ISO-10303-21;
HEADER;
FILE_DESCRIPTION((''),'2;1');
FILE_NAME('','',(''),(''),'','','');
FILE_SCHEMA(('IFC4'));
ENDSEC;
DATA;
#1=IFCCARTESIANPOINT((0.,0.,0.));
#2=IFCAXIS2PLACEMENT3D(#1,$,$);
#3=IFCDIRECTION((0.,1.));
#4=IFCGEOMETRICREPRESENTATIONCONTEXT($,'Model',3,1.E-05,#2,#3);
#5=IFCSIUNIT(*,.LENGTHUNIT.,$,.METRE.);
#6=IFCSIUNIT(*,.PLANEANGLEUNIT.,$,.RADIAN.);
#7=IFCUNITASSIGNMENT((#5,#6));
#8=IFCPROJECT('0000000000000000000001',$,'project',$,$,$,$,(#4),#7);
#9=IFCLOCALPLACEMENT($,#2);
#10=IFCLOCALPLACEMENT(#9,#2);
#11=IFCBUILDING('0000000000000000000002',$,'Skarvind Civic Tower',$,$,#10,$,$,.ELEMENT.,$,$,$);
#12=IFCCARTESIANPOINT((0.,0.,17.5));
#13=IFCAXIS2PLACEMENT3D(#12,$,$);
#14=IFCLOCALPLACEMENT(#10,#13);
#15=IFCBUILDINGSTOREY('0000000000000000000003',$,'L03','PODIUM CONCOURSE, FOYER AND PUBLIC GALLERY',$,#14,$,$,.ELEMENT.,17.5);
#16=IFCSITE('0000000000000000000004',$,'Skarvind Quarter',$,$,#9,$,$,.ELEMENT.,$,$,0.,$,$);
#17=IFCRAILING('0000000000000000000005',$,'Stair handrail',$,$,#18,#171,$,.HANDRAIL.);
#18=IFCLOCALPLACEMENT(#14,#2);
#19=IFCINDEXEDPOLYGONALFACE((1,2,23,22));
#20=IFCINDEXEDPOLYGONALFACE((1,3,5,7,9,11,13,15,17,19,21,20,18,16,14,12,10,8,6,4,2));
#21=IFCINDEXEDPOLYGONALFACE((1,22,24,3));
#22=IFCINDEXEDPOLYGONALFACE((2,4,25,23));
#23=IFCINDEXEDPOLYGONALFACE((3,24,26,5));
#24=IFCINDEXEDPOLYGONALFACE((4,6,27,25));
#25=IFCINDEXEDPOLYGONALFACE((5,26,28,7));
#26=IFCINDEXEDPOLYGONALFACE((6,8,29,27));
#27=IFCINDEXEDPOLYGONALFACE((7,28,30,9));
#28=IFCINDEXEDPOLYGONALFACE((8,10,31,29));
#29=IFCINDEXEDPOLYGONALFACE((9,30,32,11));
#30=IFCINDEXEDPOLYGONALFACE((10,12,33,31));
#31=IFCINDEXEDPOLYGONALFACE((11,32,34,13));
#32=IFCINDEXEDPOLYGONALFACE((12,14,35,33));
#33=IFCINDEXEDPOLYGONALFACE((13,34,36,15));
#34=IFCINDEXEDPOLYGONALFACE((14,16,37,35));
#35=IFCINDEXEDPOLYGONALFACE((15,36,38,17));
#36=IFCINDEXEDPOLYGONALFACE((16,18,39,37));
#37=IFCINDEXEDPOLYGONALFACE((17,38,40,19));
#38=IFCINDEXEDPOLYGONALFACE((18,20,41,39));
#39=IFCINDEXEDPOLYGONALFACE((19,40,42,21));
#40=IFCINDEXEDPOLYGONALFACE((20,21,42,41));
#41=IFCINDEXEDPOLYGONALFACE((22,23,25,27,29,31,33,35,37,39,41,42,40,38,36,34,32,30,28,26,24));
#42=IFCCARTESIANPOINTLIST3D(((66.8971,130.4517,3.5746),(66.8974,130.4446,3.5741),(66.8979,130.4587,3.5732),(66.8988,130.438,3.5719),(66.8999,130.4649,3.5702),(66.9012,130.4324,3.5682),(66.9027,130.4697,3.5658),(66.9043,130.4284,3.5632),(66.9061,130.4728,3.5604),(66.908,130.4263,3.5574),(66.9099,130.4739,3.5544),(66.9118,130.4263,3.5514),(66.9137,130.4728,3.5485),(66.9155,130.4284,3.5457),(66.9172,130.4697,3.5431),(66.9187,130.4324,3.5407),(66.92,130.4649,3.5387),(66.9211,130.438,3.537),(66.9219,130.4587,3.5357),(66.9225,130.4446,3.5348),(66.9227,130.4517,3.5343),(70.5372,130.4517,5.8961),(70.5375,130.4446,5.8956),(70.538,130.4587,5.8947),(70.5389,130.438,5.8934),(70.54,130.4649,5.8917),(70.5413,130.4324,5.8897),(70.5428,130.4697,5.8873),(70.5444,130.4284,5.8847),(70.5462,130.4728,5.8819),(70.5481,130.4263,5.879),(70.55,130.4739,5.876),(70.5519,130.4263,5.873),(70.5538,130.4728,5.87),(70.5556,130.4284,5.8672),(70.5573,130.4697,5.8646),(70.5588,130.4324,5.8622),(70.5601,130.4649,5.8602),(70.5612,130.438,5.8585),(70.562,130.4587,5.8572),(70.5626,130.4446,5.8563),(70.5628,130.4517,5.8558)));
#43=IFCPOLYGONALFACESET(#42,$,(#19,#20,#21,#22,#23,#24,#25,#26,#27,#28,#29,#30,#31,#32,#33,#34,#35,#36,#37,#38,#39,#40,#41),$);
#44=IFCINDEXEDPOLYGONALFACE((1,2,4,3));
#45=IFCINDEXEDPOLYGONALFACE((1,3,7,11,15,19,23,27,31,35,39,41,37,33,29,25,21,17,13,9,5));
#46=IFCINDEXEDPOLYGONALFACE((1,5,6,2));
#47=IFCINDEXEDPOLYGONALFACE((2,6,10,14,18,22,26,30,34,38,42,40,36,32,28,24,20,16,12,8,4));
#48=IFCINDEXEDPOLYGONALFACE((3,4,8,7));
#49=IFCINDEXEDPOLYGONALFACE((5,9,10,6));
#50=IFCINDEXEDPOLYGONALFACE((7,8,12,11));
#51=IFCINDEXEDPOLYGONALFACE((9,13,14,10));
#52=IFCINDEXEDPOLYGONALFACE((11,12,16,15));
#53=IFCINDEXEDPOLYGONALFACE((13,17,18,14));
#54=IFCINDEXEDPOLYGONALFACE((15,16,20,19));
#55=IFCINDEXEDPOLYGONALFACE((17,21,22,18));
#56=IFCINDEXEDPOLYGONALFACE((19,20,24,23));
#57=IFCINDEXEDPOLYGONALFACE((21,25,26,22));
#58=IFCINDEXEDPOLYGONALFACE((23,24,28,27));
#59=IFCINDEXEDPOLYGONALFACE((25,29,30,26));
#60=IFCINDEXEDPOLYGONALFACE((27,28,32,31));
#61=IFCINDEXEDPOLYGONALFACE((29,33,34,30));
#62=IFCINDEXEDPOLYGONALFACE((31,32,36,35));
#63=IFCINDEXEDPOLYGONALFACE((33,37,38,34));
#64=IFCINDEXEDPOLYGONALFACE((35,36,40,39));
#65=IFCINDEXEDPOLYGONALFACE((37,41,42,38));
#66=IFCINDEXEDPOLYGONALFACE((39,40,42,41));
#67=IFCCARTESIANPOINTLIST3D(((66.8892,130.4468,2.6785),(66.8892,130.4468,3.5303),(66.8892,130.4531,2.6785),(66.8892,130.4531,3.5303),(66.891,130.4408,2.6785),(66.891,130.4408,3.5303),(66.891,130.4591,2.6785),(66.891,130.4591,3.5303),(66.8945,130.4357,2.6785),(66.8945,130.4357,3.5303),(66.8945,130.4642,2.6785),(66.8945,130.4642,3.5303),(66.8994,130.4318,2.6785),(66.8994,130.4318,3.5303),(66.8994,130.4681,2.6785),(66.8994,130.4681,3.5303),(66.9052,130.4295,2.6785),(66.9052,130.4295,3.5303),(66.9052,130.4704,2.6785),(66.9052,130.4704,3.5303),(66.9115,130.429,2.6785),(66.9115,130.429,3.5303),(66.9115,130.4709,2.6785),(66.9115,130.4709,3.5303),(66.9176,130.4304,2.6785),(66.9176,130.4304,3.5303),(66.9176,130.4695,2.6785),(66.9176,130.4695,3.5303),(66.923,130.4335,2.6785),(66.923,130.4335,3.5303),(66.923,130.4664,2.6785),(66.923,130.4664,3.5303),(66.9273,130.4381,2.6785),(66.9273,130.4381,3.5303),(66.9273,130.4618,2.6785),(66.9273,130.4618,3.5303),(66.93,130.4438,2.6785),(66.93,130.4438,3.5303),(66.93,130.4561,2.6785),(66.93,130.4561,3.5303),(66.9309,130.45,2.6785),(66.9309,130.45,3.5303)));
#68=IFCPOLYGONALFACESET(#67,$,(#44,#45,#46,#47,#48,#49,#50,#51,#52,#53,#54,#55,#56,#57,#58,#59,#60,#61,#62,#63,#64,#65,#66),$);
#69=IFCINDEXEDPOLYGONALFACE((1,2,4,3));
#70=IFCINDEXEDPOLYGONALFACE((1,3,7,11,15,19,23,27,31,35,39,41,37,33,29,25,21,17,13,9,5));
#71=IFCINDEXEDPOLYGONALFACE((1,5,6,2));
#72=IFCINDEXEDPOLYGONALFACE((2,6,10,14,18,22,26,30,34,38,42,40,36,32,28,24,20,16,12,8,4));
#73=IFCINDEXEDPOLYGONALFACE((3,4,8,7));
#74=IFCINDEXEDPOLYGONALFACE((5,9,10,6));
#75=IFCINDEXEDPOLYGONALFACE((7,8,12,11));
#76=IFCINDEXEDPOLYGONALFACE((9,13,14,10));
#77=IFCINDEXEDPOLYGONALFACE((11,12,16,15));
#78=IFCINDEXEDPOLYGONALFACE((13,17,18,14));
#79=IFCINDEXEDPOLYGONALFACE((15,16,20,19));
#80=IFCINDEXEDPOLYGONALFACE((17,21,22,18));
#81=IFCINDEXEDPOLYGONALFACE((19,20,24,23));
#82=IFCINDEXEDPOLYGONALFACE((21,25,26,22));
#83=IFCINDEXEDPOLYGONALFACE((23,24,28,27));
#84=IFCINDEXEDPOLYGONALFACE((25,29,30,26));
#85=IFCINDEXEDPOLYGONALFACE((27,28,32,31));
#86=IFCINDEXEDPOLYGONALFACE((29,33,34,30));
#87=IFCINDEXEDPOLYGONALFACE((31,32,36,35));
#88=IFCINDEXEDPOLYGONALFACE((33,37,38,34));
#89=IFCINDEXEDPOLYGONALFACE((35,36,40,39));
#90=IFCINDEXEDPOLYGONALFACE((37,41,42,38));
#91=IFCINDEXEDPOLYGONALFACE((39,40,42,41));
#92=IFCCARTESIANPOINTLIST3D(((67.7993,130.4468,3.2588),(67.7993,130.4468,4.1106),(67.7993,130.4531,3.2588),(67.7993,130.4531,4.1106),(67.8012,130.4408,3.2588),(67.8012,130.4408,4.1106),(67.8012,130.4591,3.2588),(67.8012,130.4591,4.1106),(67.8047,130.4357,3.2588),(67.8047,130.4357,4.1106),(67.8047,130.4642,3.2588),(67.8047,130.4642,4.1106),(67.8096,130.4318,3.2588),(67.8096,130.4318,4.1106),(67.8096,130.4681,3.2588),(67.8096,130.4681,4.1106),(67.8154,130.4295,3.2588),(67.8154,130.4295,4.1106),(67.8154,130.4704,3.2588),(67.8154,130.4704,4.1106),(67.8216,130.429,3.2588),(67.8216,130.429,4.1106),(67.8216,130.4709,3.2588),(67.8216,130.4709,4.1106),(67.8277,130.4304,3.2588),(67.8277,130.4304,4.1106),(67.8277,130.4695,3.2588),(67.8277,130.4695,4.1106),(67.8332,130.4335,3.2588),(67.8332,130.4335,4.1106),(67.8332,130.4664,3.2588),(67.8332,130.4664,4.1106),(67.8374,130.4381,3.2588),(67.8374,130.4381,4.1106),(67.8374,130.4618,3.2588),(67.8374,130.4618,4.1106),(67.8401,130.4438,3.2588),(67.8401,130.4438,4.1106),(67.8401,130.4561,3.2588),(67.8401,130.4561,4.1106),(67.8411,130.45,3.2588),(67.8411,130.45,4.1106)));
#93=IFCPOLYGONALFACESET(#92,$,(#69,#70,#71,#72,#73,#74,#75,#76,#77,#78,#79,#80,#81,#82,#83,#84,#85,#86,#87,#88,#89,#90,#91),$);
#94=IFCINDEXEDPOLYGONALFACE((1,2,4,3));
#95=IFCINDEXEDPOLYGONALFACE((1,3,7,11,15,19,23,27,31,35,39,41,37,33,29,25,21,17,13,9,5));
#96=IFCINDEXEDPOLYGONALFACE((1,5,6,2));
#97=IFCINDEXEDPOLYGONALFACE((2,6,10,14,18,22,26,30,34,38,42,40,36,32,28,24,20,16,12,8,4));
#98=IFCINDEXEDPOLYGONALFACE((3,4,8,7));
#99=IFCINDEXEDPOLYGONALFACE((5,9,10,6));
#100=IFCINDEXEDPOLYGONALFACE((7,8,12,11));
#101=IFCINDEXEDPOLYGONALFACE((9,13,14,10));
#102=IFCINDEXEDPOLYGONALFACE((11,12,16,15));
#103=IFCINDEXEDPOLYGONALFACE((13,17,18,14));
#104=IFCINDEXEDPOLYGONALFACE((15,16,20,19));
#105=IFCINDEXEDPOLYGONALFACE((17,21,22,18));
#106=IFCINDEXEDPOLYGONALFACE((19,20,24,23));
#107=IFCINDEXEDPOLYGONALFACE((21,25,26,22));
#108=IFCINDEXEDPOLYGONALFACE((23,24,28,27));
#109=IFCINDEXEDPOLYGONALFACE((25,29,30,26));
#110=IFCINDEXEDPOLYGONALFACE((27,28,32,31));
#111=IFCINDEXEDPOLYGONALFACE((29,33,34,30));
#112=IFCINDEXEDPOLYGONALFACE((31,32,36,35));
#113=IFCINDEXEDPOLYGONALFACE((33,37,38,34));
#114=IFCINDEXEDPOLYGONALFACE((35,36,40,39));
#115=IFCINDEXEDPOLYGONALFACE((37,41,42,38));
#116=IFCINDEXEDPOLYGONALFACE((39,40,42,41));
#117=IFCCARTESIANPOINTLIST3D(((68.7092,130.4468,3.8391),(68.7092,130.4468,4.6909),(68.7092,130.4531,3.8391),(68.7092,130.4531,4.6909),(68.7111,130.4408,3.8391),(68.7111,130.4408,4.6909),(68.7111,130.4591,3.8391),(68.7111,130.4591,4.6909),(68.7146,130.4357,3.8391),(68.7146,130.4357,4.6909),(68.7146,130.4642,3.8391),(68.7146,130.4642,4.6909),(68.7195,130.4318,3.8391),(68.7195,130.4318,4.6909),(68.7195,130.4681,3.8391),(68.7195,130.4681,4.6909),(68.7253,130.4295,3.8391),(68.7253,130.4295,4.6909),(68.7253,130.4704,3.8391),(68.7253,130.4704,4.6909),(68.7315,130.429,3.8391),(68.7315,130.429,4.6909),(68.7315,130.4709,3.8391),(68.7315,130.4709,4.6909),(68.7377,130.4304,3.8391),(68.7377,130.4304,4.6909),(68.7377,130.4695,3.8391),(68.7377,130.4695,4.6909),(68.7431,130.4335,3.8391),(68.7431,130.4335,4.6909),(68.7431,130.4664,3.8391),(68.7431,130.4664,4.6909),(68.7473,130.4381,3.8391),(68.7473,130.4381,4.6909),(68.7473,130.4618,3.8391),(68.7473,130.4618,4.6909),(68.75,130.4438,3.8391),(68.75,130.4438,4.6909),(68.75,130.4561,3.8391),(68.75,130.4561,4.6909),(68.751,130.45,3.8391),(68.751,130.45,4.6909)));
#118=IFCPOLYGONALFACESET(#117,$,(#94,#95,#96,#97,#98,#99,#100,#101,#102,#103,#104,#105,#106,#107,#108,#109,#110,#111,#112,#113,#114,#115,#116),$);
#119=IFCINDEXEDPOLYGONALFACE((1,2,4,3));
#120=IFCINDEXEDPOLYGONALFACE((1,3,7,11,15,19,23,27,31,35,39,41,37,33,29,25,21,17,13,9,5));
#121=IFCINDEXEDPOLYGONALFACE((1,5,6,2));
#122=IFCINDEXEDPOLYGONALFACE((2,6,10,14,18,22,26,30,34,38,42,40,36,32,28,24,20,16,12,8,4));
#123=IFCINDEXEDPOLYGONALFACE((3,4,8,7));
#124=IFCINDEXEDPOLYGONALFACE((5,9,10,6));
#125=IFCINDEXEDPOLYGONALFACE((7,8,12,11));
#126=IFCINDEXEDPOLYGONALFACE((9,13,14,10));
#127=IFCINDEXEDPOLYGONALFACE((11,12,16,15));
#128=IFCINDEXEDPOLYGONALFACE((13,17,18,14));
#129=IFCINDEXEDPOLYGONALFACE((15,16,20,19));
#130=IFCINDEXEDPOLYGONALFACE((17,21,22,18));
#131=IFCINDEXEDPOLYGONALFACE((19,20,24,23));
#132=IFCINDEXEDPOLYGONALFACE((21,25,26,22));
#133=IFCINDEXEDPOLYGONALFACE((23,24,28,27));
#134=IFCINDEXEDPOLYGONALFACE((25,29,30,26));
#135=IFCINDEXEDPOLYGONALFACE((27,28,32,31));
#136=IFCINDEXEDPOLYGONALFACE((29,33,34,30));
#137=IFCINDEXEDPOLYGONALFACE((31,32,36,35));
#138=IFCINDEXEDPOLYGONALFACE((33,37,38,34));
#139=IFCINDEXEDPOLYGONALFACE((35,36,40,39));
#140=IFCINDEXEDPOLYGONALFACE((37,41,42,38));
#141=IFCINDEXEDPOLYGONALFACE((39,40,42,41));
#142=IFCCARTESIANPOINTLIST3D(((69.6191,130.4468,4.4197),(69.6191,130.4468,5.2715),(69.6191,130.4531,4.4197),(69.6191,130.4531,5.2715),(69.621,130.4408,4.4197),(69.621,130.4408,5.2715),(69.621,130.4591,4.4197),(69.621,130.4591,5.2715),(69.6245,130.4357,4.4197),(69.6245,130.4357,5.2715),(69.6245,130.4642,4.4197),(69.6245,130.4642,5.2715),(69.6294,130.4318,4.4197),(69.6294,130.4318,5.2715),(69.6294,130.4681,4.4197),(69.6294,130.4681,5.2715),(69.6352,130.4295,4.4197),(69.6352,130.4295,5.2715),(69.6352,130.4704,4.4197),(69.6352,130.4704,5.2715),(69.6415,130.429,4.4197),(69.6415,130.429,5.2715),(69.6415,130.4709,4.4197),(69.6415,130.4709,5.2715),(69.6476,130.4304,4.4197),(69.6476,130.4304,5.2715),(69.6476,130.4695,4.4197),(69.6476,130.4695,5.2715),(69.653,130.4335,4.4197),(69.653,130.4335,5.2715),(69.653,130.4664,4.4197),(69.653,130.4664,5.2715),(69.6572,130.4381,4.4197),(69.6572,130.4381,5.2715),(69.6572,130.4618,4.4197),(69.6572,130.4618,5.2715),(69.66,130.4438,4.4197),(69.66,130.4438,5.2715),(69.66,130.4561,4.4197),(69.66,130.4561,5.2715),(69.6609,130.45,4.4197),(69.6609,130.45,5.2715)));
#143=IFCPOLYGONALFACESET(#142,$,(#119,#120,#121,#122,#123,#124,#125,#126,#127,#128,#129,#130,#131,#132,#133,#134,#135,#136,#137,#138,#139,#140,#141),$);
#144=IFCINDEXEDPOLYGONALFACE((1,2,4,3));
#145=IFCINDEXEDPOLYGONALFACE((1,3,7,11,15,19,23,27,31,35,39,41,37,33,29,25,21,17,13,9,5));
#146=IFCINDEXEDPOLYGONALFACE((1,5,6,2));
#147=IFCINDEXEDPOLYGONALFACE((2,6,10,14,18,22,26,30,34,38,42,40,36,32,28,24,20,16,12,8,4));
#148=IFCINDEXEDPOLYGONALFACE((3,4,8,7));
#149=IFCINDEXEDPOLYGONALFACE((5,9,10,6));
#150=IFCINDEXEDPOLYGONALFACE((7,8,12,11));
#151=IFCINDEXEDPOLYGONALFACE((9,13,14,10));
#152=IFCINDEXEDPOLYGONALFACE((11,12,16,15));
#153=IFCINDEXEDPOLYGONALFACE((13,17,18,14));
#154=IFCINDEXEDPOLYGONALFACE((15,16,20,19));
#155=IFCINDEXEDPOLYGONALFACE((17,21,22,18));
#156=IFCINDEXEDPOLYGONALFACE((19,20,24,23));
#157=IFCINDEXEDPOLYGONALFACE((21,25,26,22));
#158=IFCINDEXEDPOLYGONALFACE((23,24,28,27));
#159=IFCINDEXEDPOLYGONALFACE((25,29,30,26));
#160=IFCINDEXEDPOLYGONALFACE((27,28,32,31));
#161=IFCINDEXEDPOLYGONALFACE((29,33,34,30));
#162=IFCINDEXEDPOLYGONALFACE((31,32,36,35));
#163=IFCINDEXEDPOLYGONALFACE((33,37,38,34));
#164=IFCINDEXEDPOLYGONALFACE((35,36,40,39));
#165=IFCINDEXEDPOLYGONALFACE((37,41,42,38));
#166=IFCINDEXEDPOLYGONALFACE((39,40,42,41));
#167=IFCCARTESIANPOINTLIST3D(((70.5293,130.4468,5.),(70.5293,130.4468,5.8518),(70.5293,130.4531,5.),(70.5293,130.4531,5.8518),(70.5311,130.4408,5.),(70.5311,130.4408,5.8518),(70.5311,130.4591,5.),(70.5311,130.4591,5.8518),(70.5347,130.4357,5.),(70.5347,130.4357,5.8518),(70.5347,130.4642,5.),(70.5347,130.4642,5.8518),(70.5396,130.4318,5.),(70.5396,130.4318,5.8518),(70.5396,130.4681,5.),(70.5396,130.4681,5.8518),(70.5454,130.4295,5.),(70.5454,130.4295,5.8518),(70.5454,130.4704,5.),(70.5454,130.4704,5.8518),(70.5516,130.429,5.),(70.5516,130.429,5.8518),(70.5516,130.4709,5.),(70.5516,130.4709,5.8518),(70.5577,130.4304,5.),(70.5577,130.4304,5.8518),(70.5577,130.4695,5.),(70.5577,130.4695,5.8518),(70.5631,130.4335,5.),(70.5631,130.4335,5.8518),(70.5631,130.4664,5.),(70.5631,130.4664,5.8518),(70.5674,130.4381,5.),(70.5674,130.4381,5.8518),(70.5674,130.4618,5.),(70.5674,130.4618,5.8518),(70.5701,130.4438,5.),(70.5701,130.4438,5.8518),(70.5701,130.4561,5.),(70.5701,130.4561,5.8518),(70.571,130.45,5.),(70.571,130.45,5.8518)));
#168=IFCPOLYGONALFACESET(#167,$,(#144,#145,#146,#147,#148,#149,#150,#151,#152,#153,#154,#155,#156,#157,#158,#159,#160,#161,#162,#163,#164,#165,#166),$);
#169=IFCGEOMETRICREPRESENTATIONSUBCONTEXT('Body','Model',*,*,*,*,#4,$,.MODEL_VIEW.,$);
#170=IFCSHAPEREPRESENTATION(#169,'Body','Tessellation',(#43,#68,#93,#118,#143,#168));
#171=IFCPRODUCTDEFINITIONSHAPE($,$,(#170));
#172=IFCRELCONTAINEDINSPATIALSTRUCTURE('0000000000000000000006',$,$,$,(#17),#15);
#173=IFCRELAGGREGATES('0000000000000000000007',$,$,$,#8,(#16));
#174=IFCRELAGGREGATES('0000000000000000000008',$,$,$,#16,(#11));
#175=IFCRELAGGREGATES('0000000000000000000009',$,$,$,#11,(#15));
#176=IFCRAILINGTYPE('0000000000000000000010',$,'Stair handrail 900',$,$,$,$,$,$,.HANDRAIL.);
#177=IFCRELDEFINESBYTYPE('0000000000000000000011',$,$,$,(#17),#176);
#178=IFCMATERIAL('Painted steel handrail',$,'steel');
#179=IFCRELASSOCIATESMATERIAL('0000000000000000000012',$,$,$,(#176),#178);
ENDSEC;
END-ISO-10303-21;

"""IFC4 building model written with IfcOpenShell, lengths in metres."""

from ifc_helpers import new_model, si_unit, direction, frame, origin, origin_2d, place, context, subcontext, project, spatial, circle, extrude, material, type_object, element, save


model = new_model("IFC4")

# Units and contexts
model_context = context("Model", 3, precision=1e-05, world=origin(), true_north=direction((0.0, 1.0)))
body_context = subcontext(model_context, "Body", "Model", "MODEL_VIEW")
ifc_project = project(units=[si_unit("LENGTHUNIT", "METRE"), si_unit("PLANEANGLEUNIT", "RADIAN")], contexts=[model_context])

# Site, building, storey
site_placement = place(None, origin())
site = spatial("IfcSite", under=ifc_project, at=site_placement, Name="Skarvind Quarter", CompositionType="ELEMENT", RefElevation=0.0)
building_placement = place(site_placement, origin())
building = spatial("IfcBuilding", under=site, at=building_placement, Name="Skarvind Civic Tower", CompositionType="ELEMENT")
storey_placement = place(building_placement, frame((0.0, 0.0, 17.5)))
storey = spatial("IfcBuildingStorey", under=building, at=storey_placement, Name="L03", Description="PODIUM CONCOURSE, FOYER AND PUBLIC GALLERY", CompositionType="ELEMENT", Elevation=17.5)

# Railing
ifc_material_1 = material(Name="Painted steel handrail", Category="steel")
railing_type = type_object("IfcRailingType", Name="Stair handrail 900", PredefinedType="HANDRAIL", material=ifc_material_1)
railing_1_placement = place(storey_placement, frame((66.9099, 130.45, 2.6785)))
element("IfcRailing", 1, at=railing_1_placement, inside=storey, type_object=railing_type, Name="Stair handrail", PredefinedType="HANDRAIL", context=body_context, shape_type="SweptSolid", body=[
    extrude(circle(Radius=0.0239, at=origin_2d()), frame((0.0, 0.0, 0.876), z_axis=(0.843128, 0.0, 0.537713), x_axis=(0.0, 1.0, 0.0)), (0.0, 0.0, 1.0), 4.3174),
    extrude(circle(Radius=0.021, at=origin_2d()), origin(), (0.0, 0.0, 1.0), 0.8518),
    extrude(circle(Radius=0.021, at=origin_2d()), frame((0.9102, 0.0, 0.5803)), (0.0, 0.0, 1.0), 0.8518),
    extrude(circle(Radius=0.021, at=origin_2d()), frame((1.8201, 0.0, 1.1606)), (0.0, 0.0, 1.0), 0.8518),
    extrude(circle(Radius=0.021, at=origin_2d()), frame((2.73, 0.0, 1.7412)), (0.0, 0.0, 1.0), 0.8518),
    extrude(circle(Radius=0.021, at=origin_2d()), frame((3.6401, 0.0, 2.3215)), (0.0, 0.0, 1.0), 0.8518),
])

save(model, "model.ifc")
